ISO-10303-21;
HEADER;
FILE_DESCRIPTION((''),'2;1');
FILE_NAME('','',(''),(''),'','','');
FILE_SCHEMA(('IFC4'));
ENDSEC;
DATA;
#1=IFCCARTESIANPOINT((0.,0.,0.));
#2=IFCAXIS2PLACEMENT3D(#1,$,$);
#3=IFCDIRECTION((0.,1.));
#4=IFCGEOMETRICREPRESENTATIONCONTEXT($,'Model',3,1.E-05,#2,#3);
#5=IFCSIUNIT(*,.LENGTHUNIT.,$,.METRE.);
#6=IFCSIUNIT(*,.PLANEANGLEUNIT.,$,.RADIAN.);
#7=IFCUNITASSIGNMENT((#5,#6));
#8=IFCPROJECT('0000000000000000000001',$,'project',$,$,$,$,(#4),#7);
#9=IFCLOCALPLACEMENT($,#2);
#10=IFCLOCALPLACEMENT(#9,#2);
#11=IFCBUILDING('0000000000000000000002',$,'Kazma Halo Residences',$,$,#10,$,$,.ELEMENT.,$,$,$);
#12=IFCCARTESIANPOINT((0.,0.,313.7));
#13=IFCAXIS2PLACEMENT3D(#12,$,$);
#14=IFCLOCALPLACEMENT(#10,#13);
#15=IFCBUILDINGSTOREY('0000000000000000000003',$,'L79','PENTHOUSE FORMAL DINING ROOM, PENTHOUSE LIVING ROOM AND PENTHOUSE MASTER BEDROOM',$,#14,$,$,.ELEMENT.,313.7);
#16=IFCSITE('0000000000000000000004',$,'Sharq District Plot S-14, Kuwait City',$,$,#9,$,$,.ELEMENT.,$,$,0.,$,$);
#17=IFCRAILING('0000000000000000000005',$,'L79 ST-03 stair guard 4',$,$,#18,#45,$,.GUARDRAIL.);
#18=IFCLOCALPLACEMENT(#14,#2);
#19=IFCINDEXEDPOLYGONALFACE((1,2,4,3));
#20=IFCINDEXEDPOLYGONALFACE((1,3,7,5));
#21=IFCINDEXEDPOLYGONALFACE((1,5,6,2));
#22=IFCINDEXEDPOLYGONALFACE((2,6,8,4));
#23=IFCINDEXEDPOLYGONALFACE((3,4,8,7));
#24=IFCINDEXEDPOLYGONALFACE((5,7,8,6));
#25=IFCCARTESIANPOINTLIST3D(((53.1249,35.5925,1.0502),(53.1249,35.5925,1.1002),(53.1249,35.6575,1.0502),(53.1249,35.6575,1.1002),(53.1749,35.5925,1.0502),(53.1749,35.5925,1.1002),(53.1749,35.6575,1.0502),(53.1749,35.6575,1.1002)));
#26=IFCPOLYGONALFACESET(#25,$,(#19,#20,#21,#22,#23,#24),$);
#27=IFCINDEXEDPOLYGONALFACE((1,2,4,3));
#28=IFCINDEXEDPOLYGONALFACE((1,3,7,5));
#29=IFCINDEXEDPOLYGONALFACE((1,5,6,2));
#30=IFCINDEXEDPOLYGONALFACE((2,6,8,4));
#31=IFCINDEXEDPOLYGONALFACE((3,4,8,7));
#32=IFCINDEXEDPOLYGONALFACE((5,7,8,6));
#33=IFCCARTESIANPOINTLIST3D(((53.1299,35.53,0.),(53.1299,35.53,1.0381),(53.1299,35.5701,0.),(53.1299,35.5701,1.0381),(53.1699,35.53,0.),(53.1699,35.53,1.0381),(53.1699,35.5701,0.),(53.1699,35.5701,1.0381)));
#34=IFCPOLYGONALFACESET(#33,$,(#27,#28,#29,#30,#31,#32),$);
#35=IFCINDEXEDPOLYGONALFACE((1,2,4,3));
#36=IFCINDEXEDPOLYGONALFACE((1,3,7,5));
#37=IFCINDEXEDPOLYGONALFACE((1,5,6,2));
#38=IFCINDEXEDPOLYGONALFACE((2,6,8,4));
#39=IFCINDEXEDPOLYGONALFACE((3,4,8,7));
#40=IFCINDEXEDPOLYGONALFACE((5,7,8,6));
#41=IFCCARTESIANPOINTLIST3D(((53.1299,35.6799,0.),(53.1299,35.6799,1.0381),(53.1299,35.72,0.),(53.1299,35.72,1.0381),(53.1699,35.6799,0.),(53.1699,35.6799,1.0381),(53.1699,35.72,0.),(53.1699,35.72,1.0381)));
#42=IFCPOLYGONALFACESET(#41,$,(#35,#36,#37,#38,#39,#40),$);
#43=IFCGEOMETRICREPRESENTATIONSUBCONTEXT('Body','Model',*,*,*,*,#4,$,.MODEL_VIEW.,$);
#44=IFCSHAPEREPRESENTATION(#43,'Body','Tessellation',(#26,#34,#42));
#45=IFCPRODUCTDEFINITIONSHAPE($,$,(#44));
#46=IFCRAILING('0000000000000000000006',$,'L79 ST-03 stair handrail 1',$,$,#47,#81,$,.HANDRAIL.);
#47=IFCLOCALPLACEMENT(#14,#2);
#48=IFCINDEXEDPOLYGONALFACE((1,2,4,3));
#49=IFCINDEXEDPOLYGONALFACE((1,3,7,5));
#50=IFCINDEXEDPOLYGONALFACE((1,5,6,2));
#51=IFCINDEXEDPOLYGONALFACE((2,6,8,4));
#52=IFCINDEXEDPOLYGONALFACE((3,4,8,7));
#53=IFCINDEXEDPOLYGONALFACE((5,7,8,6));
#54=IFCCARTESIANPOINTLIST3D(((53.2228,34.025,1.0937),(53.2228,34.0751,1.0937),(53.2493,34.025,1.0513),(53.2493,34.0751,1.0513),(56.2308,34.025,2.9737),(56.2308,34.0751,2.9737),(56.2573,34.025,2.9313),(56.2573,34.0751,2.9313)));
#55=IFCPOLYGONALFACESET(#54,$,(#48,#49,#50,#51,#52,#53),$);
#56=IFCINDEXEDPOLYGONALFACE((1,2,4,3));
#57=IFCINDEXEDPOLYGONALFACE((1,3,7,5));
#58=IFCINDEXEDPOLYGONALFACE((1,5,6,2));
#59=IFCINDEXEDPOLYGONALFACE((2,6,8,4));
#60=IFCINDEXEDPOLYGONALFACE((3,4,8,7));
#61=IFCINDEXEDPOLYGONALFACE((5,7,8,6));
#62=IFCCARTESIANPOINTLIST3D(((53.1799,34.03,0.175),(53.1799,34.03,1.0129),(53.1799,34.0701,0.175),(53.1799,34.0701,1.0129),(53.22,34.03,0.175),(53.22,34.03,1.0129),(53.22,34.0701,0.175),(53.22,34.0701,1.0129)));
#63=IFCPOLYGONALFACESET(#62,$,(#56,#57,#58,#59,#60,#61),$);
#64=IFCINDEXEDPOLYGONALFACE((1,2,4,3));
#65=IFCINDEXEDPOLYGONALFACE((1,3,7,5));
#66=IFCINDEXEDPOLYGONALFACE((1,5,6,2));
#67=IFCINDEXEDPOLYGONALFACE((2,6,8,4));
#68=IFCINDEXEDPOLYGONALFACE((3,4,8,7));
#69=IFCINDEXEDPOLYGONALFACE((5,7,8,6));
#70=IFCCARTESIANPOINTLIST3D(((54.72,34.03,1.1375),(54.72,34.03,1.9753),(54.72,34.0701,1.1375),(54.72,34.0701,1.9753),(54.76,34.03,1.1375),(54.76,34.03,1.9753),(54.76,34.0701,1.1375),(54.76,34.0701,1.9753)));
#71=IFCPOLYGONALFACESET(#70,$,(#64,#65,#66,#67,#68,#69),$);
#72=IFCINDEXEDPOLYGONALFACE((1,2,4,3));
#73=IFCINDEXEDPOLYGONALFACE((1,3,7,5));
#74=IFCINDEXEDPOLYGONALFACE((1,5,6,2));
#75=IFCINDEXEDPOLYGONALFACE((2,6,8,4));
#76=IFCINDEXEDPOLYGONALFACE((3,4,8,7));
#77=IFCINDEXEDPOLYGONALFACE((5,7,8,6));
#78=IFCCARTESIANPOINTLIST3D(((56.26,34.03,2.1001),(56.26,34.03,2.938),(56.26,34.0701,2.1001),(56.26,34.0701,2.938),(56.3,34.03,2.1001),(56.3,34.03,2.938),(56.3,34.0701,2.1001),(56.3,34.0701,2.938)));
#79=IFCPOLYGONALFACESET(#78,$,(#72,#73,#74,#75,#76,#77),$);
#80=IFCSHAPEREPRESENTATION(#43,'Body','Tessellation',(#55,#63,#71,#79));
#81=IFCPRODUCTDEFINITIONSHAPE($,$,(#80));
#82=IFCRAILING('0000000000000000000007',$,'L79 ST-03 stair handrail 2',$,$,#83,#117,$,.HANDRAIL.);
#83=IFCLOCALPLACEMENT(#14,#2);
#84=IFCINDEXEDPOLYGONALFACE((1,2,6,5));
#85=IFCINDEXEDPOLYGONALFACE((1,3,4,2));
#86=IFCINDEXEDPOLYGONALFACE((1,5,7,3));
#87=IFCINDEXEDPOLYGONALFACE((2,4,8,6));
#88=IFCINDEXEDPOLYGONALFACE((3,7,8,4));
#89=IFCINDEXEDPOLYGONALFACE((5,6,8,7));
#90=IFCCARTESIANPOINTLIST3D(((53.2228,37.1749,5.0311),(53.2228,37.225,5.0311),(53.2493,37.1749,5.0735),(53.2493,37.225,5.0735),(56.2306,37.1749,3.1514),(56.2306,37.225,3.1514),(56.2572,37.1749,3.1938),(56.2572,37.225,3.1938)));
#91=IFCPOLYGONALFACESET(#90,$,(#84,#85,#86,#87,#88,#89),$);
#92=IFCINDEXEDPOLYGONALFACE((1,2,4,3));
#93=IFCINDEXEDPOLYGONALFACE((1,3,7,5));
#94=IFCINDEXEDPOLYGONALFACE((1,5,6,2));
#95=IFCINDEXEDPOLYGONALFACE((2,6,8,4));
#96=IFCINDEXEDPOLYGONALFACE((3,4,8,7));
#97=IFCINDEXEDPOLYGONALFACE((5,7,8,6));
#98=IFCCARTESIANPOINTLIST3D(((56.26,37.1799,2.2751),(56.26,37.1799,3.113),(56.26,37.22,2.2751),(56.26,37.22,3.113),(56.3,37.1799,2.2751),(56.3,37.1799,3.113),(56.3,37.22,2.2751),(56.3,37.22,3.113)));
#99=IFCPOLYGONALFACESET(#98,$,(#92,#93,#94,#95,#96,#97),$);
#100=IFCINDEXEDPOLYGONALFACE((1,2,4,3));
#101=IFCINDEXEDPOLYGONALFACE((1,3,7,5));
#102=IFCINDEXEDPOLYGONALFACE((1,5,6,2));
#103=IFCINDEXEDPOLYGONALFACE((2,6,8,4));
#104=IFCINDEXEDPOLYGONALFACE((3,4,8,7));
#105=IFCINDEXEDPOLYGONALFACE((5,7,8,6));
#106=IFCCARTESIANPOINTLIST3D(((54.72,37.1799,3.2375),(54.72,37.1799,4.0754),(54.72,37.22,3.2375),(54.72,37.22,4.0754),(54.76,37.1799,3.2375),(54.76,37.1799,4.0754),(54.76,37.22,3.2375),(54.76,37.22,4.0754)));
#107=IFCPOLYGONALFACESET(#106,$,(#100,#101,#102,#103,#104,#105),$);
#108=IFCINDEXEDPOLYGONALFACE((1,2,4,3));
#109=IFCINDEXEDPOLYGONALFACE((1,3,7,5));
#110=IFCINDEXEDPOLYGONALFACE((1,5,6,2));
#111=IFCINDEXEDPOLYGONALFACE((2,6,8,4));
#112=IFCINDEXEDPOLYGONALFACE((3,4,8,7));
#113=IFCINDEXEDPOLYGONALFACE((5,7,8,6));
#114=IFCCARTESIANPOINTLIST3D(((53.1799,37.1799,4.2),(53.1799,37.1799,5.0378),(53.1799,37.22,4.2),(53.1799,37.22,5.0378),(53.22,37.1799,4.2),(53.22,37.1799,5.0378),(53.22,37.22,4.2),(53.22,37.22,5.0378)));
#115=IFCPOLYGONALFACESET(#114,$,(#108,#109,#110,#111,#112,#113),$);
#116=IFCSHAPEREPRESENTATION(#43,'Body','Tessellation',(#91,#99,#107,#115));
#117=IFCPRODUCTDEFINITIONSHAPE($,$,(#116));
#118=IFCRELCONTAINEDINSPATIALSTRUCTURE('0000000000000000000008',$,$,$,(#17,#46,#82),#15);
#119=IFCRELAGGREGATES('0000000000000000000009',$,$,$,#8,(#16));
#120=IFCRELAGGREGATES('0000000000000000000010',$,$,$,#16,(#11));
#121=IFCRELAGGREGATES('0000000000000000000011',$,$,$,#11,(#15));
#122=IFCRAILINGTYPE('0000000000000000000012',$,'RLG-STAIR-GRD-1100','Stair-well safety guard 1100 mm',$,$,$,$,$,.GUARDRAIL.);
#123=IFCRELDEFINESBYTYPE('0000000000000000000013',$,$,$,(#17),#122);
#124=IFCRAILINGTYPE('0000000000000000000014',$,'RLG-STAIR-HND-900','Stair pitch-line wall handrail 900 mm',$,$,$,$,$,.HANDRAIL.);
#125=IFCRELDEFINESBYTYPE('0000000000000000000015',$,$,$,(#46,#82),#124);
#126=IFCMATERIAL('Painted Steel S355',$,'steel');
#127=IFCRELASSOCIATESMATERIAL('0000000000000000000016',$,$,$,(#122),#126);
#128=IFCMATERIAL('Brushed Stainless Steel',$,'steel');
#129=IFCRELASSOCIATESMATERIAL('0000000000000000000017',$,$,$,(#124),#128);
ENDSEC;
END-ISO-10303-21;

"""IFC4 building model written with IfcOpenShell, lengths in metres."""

from ifc_helpers import new_model, si_unit, direction, frame, origin, origin_2d, place, context, subcontext, project, spatial, rectangle, extrude, material, type_object, element, save


model = new_model("IFC4")

# Units and contexts
model_context = context("Model", 3, precision=1e-05, world=origin(), true_north=direction((0.0, 1.0)))
body_context = subcontext(model_context, "Body", "Model", "MODEL_VIEW")
ifc_project = project(units=[si_unit("LENGTHUNIT", "METRE"), si_unit("PLANEANGLEUNIT", "RADIAN")], contexts=[model_context])

# Site, building, storey
site_placement = place(None, origin())
site = spatial("IfcSite", under=ifc_project, at=site_placement, Name="Sharq District Plot S-14, Kuwait City", CompositionType="ELEMENT", RefElevation=0.0)
building_placement = place(site_placement, origin())
building = spatial("IfcBuilding", under=site, at=building_placement, Name="Kazma Halo Residences", CompositionType="ELEMENT")
storey_placement = place(building_placement, frame((0.0, 0.0, 313.7)))
storey = spatial("IfcBuildingStorey", under=building, at=storey_placement, Name="L79", Description="PENTHOUSE FORMAL DINING ROOM, PENTHOUSE LIVING ROOM AND PENTHOUSE MASTER BEDROOM", CompositionType="ELEMENT", Elevation=313.7)

# Railings
ifc_material_1 = material(Name="Painted Steel S355", Category="steel")
railing_type_1 = type_object("IfcRailingType", Name="RLG-STAIR-GRD-1100", Description="Stair-well safety guard 1100 mm", PredefinedType="GUARDRAIL", material=ifc_material_1)
railing_1_placement = place(storey_placement, frame((53.1499, 35.55, 0.0)))
element("IfcRailing", 1, at=railing_1_placement, inside=storey, type_object=railing_type_1, Name="L79 ST-03 stair guard 4", PredefinedType="GUARDRAIL", context=body_context, shape_type="SweptSolid", body=[
    extrude(rectangle(XDim=0.05, YDim=0.05, at=origin_2d()), frame((0.0, 0.0425, 1.0752), z_axis=(0.0, 1.0, 0.0), x_axis=(-1.0, 0.0, 0.0)), (0.0, 0.0, 1.0), 0.0649),
    extrude(rectangle(XDim=0.04, YDim=0.04, at=origin_2d()), origin(), (0.0, 0.0, 1.0), 1.0381),
    extrude(rectangle(XDim=0.04, YDim=0.04, at=origin_2d()), frame((0.0, 0.1499, 0.0)), (0.0, 0.0, 1.0), 1.0381),
])
ifc_material_2 = material(Name="Brushed Stainless Steel", Category="steel")
railing_type_2 = type_object("IfcRailingType", Name="RLG-STAIR-HND-900", Description="Stair pitch-line wall handrail 900 mm", PredefinedType="HANDRAIL", material=ifc_material_2)
railing_2_placement = place(storey_placement, frame((53.2, 34.05, 0.175)))
element("IfcRailing", 2, at=railing_2_placement, inside=storey, type_object=railing_type_2, Name="L79 ST-03 stair handrail 1", PredefinedType="HANDRAIL", context=body_context, shape_type="SweptSolid", body=[
    extrude(rectangle(XDim=0.05, YDim=0.05, at=origin_2d()), frame((0.0361, 0.0, 0.8975), z_axis=(0.847998, 0.0, 0.529999), x_axis=(0.0, 1.0, 0.0)), (0.0, 0.0, 1.0), 3.5471),
    extrude(rectangle(XDim=0.04, YDim=0.04, at=origin_2d()), origin(), (0.0, 0.0, 1.0), 0.8379),
    extrude(rectangle(XDim=0.04, YDim=0.04, at=origin_2d()), frame((1.54, 0.0, 0.9624)), (0.0, 0.0, 1.0), 0.8379),
    extrude(rectangle(XDim=0.04, YDim=0.04, at=origin_2d()), frame((3.0801, 0.0, 1.925)), (0.0, 0.0, 1.0), 0.8379),
])
railing_3_placement = place(storey_placement, frame((56.28, 37.2, 2.2751)))
element("IfcRailing", 3, at=railing_3_placement, inside=storey, type_object=railing_type_2, Name="L79 ST-03 stair handrail 2", PredefinedType="HANDRAIL", context=body_context, shape_type="SweptSolid", body=[
    extrude(rectangle(XDim=0.05, YDim=0.05, at=origin_2d()), frame((-0.0361, 0.0, 0.8975), z_axis=(-0.848029, 0.0, 0.529951), x_axis=(0.0, -1.0, 0.0)), (0.0, 0.0, 1.0), 3.5469),
    extrude(rectangle(XDim=0.04, YDim=0.04, at=origin_2d()), origin(), (0.0, 0.0, 1.0), 0.8379),
    extrude(rectangle(XDim=0.04, YDim=0.04, at=origin_2d()), frame((-1.54, 0.0, 0.9624)), (0.0, 0.0, 1.0), 0.8379),
    extrude(rectangle(XDim=0.04, YDim=0.04, at=origin_2d()), frame((-3.0801, 0.0, 1.9248)), (0.0, 0.0, 1.0), 0.8379),
])

save(model, "model.ifc")
